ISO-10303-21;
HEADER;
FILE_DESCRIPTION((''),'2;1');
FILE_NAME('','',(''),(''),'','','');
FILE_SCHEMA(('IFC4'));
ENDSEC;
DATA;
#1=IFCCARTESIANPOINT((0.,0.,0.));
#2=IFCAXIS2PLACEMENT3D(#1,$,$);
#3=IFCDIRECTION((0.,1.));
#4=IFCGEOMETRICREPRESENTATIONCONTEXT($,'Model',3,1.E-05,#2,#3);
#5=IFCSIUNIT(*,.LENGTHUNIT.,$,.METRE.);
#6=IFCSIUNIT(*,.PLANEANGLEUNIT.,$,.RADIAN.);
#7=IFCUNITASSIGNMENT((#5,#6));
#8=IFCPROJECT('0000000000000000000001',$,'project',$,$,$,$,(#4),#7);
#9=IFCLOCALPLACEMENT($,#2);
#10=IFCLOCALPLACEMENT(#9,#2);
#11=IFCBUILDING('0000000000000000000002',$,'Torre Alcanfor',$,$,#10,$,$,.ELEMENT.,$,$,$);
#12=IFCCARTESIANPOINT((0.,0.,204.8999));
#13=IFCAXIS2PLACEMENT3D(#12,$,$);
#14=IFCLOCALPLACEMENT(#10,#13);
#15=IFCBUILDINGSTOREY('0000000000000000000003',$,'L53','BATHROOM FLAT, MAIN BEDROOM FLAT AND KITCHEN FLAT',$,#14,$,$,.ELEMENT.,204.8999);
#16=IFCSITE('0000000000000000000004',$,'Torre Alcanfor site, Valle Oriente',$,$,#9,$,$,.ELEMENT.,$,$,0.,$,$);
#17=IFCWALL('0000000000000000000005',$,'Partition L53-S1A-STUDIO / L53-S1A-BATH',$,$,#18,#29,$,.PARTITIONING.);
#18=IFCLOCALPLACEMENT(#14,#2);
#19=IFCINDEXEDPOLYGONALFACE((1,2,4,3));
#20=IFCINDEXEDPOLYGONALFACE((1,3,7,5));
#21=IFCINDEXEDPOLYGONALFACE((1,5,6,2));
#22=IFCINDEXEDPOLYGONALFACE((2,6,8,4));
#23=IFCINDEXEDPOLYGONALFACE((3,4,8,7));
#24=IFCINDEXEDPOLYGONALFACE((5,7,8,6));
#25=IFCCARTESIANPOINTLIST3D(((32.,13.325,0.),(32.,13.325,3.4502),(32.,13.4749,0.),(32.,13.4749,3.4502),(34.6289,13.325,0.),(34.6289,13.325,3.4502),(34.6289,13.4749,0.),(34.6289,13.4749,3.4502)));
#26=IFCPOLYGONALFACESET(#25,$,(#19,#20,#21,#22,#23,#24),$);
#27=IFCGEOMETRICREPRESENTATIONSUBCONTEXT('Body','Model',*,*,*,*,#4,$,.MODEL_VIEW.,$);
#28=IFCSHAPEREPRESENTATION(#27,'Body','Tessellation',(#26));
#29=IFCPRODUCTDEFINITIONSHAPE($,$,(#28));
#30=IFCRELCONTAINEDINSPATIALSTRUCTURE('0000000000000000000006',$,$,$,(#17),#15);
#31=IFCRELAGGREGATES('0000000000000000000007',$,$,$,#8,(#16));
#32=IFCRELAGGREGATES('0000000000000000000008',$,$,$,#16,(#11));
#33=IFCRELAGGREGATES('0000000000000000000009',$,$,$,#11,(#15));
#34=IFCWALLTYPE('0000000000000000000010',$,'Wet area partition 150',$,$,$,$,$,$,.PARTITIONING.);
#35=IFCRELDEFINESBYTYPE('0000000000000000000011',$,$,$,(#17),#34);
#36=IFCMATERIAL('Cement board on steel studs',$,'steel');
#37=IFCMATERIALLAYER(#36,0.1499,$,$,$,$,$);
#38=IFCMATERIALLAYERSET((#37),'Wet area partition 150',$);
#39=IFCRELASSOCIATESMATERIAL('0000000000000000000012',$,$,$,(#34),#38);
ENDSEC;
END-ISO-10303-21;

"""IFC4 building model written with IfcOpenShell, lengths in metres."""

from ifc_helpers import new_model, si_unit, direction, frame, frame_2d, origin, place, context, subcontext, project, spatial, rectangle, extrude, material, layer, layer_set, type_object, element, save


model = new_model("IFC4")

# Units and contexts
model_context = context("Model", 3, precision=1e-05, world=origin(), true_north=direction((0.0, 1.0)))
body_context = subcontext(model_context, "Body", "Model", "MODEL_VIEW")
ifc_project = project(units=[si_unit("LENGTHUNIT", "METRE"), si_unit("PLANEANGLEUNIT", "RADIAN")], contexts=[model_context])

# Site, building, storey
site_placement = place(None, origin())
site = spatial("IfcSite", under=ifc_project, at=site_placement, Name="Torre Alcanfor site, Valle Oriente", CompositionType="ELEMENT", RefElevation=0.0)
building_placement = place(site_placement, origin())
building = spatial("IfcBuilding", under=site, at=building_placement, Name="Torre Alcanfor", CompositionType="ELEMENT")
storey_placement = place(building_placement, frame((0.0, 0.0, 204.8999)))
storey = spatial("IfcBuildingStorey", under=building, at=storey_placement, Name="L53", Description="BATHROOM FLAT, MAIN BEDROOM FLAT AND KITCHEN FLAT", CompositionType="ELEMENT", Elevation=204.8999)

# Wall
ifc_material_1 = material(Name="Cement board on steel studs", Category="steel")
ifc_layer_1 = layer(ifc_material_1, 0.1499)
ifc_layer_set_1 = layer_set([ifc_layer_1], Name="Wet area partition 150")
wall_type_1 = type_object("IfcWallType", Name="Wet area partition 150", PredefinedType="PARTITIONING", material=ifc_layer_set_1)
wall_1_placement = place(storey_placement, frame((32.0, 13.3999, 0.0), z_axis=(0.0, 0.0, 1.0), x_axis=(1.0, 0.0, 0.0)))
element("IfcWall", 1, at=wall_1_placement, inside=storey, type_object=wall_type_1, Name="Partition L53-S1A-STUDIO / L53-S1A-BATH", PredefinedType="PARTITIONING", context=body_context, shape_type="SweptSolid", body=[
    extrude(rectangle(XDim=2.6289, YDim=0.1499, at=frame_2d((1.3145, 0.0))), origin(), (0.0, 0.0, 1.0), 3.4502),
])

save(model, "model.ifc")
